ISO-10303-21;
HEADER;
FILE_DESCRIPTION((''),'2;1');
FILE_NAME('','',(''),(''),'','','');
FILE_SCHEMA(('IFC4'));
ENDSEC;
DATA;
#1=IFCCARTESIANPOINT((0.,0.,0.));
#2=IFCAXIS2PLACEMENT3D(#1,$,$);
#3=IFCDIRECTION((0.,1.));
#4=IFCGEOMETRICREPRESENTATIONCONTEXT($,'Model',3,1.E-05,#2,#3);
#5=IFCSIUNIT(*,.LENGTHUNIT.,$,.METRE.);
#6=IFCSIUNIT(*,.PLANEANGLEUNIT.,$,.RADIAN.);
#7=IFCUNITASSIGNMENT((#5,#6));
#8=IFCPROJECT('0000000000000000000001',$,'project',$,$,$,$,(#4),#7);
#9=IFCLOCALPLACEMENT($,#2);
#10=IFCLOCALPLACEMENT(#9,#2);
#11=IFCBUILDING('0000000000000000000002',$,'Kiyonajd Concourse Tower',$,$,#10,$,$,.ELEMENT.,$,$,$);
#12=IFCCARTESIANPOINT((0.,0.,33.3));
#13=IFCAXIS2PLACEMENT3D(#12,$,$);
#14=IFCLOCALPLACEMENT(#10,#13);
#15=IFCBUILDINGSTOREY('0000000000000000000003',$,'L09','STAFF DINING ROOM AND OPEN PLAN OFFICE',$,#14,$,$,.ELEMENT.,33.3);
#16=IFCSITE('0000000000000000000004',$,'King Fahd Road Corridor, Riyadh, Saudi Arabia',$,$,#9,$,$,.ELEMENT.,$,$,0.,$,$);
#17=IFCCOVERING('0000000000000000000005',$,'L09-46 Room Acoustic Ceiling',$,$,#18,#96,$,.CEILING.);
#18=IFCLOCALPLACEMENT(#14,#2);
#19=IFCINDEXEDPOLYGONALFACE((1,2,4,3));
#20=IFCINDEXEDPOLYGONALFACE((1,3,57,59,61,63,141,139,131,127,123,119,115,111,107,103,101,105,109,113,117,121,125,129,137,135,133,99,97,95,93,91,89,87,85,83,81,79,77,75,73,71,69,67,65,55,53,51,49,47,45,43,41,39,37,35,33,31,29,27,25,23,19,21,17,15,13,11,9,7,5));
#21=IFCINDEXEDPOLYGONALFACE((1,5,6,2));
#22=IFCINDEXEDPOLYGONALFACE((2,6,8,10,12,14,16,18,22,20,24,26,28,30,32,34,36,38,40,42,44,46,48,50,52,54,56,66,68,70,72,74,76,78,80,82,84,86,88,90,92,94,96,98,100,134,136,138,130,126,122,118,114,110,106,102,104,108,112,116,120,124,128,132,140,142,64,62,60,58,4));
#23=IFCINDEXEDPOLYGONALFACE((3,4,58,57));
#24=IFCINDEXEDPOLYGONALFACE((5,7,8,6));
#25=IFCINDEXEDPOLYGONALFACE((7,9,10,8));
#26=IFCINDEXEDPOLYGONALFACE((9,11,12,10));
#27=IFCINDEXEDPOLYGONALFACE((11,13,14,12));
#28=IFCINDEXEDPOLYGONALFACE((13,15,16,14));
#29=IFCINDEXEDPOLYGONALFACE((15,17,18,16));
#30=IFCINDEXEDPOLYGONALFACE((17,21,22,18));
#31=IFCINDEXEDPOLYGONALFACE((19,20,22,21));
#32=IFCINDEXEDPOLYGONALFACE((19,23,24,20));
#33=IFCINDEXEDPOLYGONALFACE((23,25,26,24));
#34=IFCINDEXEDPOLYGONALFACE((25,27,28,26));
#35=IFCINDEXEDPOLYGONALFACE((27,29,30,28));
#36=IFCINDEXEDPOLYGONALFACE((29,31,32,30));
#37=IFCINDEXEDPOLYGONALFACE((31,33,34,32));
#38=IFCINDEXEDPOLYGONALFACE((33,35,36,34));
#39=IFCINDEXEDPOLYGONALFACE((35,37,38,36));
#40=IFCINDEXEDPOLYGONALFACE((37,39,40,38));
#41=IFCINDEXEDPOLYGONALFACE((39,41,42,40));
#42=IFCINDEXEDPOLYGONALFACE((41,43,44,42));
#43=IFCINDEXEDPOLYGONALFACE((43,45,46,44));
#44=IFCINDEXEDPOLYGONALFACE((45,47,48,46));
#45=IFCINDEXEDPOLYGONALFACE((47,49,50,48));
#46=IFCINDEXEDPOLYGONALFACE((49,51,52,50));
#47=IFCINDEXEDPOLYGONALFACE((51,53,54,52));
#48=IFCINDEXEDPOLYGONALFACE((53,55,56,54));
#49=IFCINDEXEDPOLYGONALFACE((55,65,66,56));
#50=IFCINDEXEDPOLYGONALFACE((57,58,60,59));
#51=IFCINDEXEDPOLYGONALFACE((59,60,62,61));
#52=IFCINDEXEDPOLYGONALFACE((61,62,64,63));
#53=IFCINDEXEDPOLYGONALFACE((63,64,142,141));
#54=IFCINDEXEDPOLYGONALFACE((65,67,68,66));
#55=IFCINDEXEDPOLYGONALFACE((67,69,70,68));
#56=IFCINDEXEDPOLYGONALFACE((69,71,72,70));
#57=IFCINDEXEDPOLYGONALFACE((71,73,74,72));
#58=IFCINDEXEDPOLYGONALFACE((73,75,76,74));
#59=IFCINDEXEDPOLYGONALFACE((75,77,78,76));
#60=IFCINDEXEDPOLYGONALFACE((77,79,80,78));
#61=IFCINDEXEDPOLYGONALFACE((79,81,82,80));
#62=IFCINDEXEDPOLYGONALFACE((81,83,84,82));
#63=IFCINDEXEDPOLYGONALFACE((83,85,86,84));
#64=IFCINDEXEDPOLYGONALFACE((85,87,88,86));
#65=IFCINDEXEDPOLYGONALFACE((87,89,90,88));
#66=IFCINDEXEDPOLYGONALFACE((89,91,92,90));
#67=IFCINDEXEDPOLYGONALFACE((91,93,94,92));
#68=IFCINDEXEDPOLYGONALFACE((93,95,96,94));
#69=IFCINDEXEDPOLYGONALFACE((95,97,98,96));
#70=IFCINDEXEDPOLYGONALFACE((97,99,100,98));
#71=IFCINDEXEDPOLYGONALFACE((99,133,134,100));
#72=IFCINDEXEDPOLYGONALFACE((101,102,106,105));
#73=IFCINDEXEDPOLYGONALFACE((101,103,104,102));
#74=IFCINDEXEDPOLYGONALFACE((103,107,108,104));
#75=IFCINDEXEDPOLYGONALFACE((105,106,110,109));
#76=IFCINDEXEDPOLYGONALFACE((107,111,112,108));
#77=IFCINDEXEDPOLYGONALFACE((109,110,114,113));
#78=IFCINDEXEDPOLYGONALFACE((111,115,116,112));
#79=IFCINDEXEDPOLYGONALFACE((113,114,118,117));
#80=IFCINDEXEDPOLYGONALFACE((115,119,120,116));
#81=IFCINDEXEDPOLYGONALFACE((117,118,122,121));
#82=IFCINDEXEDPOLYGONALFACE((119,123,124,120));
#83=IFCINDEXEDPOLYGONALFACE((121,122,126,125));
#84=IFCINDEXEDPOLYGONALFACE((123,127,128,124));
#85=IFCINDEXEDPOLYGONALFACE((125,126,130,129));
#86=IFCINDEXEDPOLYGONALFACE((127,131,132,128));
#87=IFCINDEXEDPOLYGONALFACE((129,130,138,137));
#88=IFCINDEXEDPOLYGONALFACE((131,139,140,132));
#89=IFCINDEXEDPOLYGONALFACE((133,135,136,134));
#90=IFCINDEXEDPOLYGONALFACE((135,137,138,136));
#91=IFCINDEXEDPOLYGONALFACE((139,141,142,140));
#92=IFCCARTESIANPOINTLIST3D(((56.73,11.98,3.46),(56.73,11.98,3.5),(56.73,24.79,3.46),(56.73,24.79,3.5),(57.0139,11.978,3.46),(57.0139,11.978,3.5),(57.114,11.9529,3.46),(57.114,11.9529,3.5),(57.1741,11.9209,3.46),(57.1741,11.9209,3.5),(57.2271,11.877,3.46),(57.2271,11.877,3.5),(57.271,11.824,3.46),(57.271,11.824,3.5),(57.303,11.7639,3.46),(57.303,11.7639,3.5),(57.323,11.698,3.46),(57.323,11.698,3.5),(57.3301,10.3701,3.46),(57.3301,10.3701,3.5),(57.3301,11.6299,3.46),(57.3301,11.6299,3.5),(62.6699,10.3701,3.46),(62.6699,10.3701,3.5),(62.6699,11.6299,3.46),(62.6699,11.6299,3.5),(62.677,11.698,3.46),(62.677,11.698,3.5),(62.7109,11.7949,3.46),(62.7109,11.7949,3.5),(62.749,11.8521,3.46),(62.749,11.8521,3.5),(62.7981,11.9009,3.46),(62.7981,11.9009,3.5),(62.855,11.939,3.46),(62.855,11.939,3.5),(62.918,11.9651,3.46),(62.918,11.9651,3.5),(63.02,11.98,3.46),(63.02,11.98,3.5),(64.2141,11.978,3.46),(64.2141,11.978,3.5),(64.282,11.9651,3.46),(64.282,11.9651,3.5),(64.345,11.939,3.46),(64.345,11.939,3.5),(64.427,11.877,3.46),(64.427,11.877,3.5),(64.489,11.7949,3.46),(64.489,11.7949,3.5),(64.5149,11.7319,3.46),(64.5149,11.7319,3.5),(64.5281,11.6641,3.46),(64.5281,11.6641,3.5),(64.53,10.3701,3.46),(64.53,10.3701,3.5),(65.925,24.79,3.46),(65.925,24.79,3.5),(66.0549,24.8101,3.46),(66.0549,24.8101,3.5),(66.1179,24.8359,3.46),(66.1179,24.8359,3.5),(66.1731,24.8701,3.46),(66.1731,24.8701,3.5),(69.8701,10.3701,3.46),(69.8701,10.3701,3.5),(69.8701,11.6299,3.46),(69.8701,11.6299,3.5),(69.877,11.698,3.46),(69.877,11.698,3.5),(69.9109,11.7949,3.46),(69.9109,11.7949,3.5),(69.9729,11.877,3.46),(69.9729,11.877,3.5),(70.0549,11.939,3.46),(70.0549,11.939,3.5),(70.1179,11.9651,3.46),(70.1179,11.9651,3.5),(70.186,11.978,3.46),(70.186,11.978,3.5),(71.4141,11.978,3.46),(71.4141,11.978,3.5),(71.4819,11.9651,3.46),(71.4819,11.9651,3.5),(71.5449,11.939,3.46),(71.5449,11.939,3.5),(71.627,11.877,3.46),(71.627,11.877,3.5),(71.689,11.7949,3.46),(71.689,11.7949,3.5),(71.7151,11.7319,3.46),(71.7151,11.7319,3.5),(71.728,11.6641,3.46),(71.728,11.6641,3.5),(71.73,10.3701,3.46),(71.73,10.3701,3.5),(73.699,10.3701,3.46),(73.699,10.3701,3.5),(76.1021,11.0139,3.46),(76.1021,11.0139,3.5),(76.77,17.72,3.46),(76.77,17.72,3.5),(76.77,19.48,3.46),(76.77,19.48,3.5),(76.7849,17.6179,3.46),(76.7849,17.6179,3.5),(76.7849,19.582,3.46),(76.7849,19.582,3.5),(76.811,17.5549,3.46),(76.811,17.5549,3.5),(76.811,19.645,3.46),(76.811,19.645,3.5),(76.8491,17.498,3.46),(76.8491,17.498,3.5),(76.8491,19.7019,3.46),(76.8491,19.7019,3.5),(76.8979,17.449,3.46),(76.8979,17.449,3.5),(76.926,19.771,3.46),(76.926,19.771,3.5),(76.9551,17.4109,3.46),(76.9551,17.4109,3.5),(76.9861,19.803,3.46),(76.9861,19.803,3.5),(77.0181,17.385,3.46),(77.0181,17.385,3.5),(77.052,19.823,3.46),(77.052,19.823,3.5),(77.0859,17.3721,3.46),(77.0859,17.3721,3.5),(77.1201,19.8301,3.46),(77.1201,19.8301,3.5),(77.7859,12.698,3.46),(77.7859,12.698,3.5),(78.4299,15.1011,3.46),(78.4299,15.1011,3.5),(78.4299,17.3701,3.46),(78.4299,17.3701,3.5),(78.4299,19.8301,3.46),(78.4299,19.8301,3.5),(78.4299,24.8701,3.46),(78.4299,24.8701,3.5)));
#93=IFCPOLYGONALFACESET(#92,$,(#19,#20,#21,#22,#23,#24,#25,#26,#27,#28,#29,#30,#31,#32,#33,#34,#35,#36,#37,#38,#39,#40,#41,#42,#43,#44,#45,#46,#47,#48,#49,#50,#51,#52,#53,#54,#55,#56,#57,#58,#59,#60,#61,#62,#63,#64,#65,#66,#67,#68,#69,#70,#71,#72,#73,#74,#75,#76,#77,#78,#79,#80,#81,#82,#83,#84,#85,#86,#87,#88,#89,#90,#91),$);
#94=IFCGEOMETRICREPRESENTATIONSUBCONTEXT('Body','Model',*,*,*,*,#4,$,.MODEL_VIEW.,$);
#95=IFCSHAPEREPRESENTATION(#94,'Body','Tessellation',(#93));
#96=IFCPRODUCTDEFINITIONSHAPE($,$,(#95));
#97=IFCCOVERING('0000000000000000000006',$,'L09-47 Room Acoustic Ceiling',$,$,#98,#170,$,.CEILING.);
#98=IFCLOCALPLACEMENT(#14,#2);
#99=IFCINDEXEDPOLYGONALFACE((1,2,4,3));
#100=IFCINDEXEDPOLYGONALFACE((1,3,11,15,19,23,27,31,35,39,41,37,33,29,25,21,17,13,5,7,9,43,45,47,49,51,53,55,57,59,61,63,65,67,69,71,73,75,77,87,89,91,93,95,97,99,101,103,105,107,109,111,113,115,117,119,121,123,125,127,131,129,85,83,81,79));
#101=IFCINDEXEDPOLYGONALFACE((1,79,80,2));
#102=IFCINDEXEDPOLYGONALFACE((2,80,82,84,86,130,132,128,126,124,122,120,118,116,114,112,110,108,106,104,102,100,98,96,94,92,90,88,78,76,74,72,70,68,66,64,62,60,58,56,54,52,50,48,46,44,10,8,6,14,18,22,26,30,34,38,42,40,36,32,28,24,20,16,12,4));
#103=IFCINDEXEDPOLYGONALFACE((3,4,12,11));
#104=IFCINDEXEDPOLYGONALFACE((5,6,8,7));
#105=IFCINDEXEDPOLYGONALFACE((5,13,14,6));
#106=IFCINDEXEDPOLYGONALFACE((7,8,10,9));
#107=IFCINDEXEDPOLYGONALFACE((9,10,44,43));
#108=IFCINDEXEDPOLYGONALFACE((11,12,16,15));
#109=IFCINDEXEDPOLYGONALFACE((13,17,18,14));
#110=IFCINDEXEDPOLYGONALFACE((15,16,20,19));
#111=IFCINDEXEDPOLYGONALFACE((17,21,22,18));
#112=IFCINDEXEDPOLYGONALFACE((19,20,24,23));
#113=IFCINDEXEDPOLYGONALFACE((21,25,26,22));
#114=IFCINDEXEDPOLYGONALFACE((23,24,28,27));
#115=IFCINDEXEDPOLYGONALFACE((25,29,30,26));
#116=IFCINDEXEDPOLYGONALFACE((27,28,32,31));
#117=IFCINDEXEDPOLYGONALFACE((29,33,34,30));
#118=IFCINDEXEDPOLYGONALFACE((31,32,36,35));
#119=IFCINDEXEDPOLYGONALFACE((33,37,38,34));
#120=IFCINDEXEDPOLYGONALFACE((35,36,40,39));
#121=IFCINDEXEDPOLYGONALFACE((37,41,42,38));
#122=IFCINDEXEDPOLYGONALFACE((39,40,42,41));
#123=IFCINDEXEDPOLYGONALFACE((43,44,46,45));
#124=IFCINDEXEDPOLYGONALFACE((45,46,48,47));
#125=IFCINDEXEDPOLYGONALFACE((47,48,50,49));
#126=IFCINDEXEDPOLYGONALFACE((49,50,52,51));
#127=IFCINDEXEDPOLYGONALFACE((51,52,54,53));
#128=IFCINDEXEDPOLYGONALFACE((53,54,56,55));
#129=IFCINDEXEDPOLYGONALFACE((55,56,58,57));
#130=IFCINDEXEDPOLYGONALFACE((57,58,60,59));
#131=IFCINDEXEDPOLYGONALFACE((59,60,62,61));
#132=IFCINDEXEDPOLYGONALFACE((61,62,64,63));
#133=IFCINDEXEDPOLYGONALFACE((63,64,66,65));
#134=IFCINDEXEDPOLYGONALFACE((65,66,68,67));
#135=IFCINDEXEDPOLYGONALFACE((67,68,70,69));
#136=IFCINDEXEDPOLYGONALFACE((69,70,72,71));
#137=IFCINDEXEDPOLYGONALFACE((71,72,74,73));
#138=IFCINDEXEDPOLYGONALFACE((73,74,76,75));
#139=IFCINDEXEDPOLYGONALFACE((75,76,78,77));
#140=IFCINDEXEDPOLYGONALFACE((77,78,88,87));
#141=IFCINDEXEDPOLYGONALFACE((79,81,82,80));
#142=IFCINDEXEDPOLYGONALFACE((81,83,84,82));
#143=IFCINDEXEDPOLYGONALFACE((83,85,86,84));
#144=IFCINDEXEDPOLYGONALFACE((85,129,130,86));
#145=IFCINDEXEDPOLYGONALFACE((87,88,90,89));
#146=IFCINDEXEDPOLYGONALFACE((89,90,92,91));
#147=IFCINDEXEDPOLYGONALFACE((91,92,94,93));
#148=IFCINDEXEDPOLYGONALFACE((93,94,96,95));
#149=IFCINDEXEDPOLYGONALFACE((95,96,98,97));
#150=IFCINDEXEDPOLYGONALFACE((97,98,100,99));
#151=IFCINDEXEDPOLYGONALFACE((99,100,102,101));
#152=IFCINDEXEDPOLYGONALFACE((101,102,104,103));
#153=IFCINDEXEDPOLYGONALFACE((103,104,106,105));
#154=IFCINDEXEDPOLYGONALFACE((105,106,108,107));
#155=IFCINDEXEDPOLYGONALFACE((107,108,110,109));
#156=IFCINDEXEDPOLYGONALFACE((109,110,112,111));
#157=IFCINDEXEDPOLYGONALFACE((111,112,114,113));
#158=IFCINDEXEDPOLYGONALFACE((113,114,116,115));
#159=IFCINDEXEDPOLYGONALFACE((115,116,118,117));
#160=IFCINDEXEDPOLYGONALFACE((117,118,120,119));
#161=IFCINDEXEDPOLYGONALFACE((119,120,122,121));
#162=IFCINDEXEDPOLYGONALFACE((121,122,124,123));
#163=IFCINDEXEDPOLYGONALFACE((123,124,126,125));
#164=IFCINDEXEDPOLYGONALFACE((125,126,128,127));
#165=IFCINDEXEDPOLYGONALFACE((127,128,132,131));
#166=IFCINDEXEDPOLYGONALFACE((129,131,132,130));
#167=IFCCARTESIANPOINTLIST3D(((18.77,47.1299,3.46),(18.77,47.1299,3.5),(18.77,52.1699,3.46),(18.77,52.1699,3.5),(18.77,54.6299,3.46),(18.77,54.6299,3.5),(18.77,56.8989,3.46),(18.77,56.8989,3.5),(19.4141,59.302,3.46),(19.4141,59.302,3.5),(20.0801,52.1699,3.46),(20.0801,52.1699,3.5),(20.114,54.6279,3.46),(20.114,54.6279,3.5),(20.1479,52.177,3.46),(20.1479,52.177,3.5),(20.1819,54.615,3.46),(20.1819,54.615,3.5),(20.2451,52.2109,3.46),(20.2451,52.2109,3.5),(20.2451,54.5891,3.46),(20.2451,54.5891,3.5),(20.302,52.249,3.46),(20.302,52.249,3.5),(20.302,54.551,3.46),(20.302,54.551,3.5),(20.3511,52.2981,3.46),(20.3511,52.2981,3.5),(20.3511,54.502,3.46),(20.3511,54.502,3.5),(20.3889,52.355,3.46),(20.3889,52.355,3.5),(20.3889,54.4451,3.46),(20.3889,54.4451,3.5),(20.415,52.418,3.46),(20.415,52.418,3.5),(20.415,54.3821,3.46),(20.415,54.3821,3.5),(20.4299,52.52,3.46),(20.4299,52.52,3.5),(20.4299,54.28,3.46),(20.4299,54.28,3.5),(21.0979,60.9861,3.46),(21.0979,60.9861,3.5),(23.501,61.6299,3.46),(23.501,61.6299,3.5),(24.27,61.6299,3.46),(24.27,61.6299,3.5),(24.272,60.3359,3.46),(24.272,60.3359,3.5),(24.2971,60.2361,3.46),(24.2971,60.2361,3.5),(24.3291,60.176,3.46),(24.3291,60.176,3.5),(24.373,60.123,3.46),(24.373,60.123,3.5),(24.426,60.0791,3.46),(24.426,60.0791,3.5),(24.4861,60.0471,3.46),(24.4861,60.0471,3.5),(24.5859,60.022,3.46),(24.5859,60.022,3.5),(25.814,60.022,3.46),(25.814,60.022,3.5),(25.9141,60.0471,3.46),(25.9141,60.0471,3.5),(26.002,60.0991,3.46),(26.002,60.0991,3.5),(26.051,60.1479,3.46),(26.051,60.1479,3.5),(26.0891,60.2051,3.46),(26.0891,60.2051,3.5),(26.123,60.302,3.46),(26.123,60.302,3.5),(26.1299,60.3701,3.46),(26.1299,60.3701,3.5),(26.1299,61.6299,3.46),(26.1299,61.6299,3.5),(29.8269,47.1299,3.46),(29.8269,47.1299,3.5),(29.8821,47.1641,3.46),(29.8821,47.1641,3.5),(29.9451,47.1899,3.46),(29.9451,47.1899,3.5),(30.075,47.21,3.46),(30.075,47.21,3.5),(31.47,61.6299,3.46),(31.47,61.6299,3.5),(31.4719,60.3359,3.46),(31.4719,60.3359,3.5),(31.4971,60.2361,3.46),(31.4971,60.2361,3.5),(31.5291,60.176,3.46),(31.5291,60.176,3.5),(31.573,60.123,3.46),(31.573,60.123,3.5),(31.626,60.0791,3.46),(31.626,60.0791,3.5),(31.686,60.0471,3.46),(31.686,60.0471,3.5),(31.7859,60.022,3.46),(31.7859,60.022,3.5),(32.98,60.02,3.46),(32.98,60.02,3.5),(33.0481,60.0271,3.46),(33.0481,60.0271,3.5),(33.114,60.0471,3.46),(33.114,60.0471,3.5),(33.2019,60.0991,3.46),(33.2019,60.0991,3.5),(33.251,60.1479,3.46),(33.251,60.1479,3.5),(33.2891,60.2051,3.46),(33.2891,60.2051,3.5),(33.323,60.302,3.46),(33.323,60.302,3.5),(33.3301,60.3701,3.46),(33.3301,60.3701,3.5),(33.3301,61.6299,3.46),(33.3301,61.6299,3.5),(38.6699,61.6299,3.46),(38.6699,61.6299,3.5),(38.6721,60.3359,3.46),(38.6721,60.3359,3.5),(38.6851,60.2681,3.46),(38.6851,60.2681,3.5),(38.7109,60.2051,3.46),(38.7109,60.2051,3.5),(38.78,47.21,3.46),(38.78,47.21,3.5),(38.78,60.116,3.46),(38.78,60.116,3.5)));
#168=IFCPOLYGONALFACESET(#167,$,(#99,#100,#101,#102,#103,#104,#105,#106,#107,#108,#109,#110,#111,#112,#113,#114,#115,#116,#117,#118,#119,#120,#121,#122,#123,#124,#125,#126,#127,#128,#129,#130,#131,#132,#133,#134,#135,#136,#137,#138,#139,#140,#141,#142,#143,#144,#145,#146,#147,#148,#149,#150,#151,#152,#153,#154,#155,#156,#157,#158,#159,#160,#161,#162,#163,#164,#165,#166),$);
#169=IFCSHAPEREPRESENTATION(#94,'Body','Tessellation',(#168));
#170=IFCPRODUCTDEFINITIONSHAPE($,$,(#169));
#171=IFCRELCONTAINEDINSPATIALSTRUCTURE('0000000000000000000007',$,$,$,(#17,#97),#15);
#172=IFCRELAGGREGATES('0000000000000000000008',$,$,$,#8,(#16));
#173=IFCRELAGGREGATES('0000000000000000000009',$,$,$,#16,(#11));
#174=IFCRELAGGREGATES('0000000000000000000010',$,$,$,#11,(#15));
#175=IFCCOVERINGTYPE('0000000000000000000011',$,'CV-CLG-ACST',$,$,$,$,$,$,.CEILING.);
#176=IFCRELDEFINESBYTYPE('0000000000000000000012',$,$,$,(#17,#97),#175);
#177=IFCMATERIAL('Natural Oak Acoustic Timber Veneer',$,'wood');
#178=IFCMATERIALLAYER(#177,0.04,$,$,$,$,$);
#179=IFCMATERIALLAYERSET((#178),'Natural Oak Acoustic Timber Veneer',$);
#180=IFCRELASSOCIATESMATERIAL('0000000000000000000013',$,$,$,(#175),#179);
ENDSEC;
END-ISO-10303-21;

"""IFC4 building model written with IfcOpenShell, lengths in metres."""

from ifc_helpers import new_model, si_unit, direction, frame, origin, place, context, subcontext, project, spatial, polyline, outline, extrude, material, layer, layer_set, type_object, element, save


model = new_model("IFC4")

# Units and contexts
model_context = context("Model", 3, precision=1e-05, world=origin(), true_north=direction((0.0, 1.0)))
body_context = subcontext(model_context, "Body", "Model", "MODEL_VIEW")
ifc_project = project(units=[si_unit("LENGTHUNIT", "METRE"), si_unit("PLANEANGLEUNIT", "RADIAN")], contexts=[model_context])

# Site, building, storey
site_placement = place(None, origin())
site = spatial("IfcSite", under=ifc_project, at=site_placement, Name="King Fahd Road Corridor, Riyadh, Saudi Arabia", CompositionType="ELEMENT", RefElevation=0.0)
building_placement = place(site_placement, origin())
building = spatial("IfcBuilding", under=site, at=building_placement, Name="Kiyonajd Concourse Tower", CompositionType="ELEMENT")
storey_placement = place(building_placement, frame((0.0, 0.0, 33.3)))
storey = spatial("IfcBuildingStorey", under=building, at=storey_placement, Name="L09", Description="STAFF DINING ROOM AND OPEN PLAN OFFICE", CompositionType="ELEMENT", Elevation=33.3)

# Shared definitions
ifc_material_1 = material(Name="Natural Oak Acoustic Timber Veneer", Category="wood")

# Coverings
ifc_layer_1 = layer(ifc_material_1, 0.04)
ifc_layer_set_1 = layer_set([ifc_layer_1], Name="Natural Oak Acoustic Timber Veneer")
covering_type = type_object("IfcCoveringType", Name="CV-CLG-ACST", PredefinedType="CEILING", material=ifc_layer_set_1)
covering_1_placement = place(storey_placement, frame((0.0, 0.0, 3.46)))
element("IfcCovering", 1, at=covering_1_placement, inside=storey, type_object=covering_type, Name="L09-46 Room Acoustic Ceiling", PredefinedType="CEILING", context=body_context, shape_type="SweptSolid", body=[
    extrude(outline(polyline([(56.73, 11.98), (56.73, 24.79), (65.925, 24.79), (66.0549, 24.8101), (66.1179, 24.8359), (66.1731, 24.8701), (78.4299, 24.8701), (78.4299, 19.8301), (77.1201, 19.8301), (77.052, 19.823), (76.9861, 19.803), (76.926, 19.771), (76.8491, 19.7019), (76.811, 19.645), (76.7849, 19.582), (76.77, 19.48), (76.77, 17.72), (76.7849, 17.6179), (76.811, 17.5549), (76.8491, 17.498), (76.8979, 17.449), (76.9551, 17.4109), (77.0181, 17.385), (77.0859, 17.3721), (78.4299, 17.3701), (78.4299, 15.1011), (77.7859, 12.698), (76.1021, 11.0139), (73.699, 10.3701), (71.73, 10.3701), (71.728, 11.6641), (71.7151, 11.7319), (71.689, 11.7949), (71.627, 11.877), (71.5449, 11.939), (71.4819, 11.9651), (71.4141, 11.978), (70.186, 11.978), (70.1179, 11.9651), (70.0549, 11.939), (69.9729, 11.877), (69.9109, 11.7949), (69.877, 11.698), (69.8701, 11.6299), (69.8701, 10.3701), (64.53, 10.3701), (64.5281, 11.6641), (64.5149, 11.7319), (64.489, 11.7949), (64.427, 11.877), (64.345, 11.939), (64.282, 11.9651), (64.2141, 11.978), (63.02, 11.98), (62.918, 11.9651), (62.855, 11.939), (62.7981, 11.9009), (62.749, 11.8521), (62.7109, 11.7949), (62.677, 11.698), (62.6699, 11.6299), (62.6699, 10.3701), (57.3301, 10.3701), (57.3301, 11.6299), (57.323, 11.698), (57.303, 11.7639), (57.271, 11.824), (57.2271, 11.877), (57.1741, 11.9209), (57.114, 11.9529), (57.0139, 11.978), (56.73, 11.98)])), origin(), (0.0, 0.0, 1.0), 0.04),
])
covering_2_placement = place(storey_placement, frame((0.0, 0.0, 3.46)))
element("IfcCovering", 2, at=covering_2_placement, inside=storey, type_object=covering_type, Name="L09-47 Room Acoustic Ceiling", PredefinedType="CEILING", context=body_context, shape_type="SweptSolid", body=[
    extrude(outline(polyline([(21.0979, 60.9861), (23.501, 61.6299), (24.27, 61.6299), (24.272, 60.3359), (24.2971, 60.2361), (24.3291, 60.176), (24.373, 60.123), (24.426, 60.0791), (24.4861, 60.0471), (24.5859, 60.022), (25.814, 60.022), (25.9141, 60.0471), (26.002, 60.0991), (26.051, 60.1479), (26.0891, 60.2051), (26.123, 60.302), (26.1299, 60.3701), (26.1299, 61.6299), (31.47, 61.6299), (31.4719, 60.3359), (31.4971, 60.2361), (31.5291, 60.176), (31.573, 60.123), (31.626, 60.0791), (31.686, 60.0471), (31.7859, 60.022), (32.98, 60.02), (33.0481, 60.0271), (33.114, 60.0471), (33.2019, 60.0991), (33.251, 60.1479), (33.2891, 60.2051), (33.323, 60.302), (33.3301, 60.3701), (33.3301, 61.6299), (38.6699, 61.6299), (38.6721, 60.3359), (38.6851, 60.2681), (38.7109, 60.2051), (38.78, 60.116), (38.78, 47.21), (30.075, 47.21), (29.9451, 47.1899), (29.8821, 47.1641), (29.8269, 47.1299), (18.77, 47.1299), (18.77, 52.1699), (20.0801, 52.1699), (20.1479, 52.177), (20.2451, 52.2109), (20.302, 52.249), (20.3511, 52.2981), (20.3889, 52.355), (20.415, 52.418), (20.4299, 52.52), (20.4299, 54.28), (20.415, 54.3821), (20.3889, 54.4451), (20.3511, 54.502), (20.302, 54.551), (20.2451, 54.5891), (20.1819, 54.615), (20.114, 54.6279), (18.77, 54.6299), (18.77, 56.8989), (19.4141, 59.302), (21.0979, 60.9861)])), origin(), (0.0, 0.0, 1.0), 0.04),
])

save(model, "model.ifc")
